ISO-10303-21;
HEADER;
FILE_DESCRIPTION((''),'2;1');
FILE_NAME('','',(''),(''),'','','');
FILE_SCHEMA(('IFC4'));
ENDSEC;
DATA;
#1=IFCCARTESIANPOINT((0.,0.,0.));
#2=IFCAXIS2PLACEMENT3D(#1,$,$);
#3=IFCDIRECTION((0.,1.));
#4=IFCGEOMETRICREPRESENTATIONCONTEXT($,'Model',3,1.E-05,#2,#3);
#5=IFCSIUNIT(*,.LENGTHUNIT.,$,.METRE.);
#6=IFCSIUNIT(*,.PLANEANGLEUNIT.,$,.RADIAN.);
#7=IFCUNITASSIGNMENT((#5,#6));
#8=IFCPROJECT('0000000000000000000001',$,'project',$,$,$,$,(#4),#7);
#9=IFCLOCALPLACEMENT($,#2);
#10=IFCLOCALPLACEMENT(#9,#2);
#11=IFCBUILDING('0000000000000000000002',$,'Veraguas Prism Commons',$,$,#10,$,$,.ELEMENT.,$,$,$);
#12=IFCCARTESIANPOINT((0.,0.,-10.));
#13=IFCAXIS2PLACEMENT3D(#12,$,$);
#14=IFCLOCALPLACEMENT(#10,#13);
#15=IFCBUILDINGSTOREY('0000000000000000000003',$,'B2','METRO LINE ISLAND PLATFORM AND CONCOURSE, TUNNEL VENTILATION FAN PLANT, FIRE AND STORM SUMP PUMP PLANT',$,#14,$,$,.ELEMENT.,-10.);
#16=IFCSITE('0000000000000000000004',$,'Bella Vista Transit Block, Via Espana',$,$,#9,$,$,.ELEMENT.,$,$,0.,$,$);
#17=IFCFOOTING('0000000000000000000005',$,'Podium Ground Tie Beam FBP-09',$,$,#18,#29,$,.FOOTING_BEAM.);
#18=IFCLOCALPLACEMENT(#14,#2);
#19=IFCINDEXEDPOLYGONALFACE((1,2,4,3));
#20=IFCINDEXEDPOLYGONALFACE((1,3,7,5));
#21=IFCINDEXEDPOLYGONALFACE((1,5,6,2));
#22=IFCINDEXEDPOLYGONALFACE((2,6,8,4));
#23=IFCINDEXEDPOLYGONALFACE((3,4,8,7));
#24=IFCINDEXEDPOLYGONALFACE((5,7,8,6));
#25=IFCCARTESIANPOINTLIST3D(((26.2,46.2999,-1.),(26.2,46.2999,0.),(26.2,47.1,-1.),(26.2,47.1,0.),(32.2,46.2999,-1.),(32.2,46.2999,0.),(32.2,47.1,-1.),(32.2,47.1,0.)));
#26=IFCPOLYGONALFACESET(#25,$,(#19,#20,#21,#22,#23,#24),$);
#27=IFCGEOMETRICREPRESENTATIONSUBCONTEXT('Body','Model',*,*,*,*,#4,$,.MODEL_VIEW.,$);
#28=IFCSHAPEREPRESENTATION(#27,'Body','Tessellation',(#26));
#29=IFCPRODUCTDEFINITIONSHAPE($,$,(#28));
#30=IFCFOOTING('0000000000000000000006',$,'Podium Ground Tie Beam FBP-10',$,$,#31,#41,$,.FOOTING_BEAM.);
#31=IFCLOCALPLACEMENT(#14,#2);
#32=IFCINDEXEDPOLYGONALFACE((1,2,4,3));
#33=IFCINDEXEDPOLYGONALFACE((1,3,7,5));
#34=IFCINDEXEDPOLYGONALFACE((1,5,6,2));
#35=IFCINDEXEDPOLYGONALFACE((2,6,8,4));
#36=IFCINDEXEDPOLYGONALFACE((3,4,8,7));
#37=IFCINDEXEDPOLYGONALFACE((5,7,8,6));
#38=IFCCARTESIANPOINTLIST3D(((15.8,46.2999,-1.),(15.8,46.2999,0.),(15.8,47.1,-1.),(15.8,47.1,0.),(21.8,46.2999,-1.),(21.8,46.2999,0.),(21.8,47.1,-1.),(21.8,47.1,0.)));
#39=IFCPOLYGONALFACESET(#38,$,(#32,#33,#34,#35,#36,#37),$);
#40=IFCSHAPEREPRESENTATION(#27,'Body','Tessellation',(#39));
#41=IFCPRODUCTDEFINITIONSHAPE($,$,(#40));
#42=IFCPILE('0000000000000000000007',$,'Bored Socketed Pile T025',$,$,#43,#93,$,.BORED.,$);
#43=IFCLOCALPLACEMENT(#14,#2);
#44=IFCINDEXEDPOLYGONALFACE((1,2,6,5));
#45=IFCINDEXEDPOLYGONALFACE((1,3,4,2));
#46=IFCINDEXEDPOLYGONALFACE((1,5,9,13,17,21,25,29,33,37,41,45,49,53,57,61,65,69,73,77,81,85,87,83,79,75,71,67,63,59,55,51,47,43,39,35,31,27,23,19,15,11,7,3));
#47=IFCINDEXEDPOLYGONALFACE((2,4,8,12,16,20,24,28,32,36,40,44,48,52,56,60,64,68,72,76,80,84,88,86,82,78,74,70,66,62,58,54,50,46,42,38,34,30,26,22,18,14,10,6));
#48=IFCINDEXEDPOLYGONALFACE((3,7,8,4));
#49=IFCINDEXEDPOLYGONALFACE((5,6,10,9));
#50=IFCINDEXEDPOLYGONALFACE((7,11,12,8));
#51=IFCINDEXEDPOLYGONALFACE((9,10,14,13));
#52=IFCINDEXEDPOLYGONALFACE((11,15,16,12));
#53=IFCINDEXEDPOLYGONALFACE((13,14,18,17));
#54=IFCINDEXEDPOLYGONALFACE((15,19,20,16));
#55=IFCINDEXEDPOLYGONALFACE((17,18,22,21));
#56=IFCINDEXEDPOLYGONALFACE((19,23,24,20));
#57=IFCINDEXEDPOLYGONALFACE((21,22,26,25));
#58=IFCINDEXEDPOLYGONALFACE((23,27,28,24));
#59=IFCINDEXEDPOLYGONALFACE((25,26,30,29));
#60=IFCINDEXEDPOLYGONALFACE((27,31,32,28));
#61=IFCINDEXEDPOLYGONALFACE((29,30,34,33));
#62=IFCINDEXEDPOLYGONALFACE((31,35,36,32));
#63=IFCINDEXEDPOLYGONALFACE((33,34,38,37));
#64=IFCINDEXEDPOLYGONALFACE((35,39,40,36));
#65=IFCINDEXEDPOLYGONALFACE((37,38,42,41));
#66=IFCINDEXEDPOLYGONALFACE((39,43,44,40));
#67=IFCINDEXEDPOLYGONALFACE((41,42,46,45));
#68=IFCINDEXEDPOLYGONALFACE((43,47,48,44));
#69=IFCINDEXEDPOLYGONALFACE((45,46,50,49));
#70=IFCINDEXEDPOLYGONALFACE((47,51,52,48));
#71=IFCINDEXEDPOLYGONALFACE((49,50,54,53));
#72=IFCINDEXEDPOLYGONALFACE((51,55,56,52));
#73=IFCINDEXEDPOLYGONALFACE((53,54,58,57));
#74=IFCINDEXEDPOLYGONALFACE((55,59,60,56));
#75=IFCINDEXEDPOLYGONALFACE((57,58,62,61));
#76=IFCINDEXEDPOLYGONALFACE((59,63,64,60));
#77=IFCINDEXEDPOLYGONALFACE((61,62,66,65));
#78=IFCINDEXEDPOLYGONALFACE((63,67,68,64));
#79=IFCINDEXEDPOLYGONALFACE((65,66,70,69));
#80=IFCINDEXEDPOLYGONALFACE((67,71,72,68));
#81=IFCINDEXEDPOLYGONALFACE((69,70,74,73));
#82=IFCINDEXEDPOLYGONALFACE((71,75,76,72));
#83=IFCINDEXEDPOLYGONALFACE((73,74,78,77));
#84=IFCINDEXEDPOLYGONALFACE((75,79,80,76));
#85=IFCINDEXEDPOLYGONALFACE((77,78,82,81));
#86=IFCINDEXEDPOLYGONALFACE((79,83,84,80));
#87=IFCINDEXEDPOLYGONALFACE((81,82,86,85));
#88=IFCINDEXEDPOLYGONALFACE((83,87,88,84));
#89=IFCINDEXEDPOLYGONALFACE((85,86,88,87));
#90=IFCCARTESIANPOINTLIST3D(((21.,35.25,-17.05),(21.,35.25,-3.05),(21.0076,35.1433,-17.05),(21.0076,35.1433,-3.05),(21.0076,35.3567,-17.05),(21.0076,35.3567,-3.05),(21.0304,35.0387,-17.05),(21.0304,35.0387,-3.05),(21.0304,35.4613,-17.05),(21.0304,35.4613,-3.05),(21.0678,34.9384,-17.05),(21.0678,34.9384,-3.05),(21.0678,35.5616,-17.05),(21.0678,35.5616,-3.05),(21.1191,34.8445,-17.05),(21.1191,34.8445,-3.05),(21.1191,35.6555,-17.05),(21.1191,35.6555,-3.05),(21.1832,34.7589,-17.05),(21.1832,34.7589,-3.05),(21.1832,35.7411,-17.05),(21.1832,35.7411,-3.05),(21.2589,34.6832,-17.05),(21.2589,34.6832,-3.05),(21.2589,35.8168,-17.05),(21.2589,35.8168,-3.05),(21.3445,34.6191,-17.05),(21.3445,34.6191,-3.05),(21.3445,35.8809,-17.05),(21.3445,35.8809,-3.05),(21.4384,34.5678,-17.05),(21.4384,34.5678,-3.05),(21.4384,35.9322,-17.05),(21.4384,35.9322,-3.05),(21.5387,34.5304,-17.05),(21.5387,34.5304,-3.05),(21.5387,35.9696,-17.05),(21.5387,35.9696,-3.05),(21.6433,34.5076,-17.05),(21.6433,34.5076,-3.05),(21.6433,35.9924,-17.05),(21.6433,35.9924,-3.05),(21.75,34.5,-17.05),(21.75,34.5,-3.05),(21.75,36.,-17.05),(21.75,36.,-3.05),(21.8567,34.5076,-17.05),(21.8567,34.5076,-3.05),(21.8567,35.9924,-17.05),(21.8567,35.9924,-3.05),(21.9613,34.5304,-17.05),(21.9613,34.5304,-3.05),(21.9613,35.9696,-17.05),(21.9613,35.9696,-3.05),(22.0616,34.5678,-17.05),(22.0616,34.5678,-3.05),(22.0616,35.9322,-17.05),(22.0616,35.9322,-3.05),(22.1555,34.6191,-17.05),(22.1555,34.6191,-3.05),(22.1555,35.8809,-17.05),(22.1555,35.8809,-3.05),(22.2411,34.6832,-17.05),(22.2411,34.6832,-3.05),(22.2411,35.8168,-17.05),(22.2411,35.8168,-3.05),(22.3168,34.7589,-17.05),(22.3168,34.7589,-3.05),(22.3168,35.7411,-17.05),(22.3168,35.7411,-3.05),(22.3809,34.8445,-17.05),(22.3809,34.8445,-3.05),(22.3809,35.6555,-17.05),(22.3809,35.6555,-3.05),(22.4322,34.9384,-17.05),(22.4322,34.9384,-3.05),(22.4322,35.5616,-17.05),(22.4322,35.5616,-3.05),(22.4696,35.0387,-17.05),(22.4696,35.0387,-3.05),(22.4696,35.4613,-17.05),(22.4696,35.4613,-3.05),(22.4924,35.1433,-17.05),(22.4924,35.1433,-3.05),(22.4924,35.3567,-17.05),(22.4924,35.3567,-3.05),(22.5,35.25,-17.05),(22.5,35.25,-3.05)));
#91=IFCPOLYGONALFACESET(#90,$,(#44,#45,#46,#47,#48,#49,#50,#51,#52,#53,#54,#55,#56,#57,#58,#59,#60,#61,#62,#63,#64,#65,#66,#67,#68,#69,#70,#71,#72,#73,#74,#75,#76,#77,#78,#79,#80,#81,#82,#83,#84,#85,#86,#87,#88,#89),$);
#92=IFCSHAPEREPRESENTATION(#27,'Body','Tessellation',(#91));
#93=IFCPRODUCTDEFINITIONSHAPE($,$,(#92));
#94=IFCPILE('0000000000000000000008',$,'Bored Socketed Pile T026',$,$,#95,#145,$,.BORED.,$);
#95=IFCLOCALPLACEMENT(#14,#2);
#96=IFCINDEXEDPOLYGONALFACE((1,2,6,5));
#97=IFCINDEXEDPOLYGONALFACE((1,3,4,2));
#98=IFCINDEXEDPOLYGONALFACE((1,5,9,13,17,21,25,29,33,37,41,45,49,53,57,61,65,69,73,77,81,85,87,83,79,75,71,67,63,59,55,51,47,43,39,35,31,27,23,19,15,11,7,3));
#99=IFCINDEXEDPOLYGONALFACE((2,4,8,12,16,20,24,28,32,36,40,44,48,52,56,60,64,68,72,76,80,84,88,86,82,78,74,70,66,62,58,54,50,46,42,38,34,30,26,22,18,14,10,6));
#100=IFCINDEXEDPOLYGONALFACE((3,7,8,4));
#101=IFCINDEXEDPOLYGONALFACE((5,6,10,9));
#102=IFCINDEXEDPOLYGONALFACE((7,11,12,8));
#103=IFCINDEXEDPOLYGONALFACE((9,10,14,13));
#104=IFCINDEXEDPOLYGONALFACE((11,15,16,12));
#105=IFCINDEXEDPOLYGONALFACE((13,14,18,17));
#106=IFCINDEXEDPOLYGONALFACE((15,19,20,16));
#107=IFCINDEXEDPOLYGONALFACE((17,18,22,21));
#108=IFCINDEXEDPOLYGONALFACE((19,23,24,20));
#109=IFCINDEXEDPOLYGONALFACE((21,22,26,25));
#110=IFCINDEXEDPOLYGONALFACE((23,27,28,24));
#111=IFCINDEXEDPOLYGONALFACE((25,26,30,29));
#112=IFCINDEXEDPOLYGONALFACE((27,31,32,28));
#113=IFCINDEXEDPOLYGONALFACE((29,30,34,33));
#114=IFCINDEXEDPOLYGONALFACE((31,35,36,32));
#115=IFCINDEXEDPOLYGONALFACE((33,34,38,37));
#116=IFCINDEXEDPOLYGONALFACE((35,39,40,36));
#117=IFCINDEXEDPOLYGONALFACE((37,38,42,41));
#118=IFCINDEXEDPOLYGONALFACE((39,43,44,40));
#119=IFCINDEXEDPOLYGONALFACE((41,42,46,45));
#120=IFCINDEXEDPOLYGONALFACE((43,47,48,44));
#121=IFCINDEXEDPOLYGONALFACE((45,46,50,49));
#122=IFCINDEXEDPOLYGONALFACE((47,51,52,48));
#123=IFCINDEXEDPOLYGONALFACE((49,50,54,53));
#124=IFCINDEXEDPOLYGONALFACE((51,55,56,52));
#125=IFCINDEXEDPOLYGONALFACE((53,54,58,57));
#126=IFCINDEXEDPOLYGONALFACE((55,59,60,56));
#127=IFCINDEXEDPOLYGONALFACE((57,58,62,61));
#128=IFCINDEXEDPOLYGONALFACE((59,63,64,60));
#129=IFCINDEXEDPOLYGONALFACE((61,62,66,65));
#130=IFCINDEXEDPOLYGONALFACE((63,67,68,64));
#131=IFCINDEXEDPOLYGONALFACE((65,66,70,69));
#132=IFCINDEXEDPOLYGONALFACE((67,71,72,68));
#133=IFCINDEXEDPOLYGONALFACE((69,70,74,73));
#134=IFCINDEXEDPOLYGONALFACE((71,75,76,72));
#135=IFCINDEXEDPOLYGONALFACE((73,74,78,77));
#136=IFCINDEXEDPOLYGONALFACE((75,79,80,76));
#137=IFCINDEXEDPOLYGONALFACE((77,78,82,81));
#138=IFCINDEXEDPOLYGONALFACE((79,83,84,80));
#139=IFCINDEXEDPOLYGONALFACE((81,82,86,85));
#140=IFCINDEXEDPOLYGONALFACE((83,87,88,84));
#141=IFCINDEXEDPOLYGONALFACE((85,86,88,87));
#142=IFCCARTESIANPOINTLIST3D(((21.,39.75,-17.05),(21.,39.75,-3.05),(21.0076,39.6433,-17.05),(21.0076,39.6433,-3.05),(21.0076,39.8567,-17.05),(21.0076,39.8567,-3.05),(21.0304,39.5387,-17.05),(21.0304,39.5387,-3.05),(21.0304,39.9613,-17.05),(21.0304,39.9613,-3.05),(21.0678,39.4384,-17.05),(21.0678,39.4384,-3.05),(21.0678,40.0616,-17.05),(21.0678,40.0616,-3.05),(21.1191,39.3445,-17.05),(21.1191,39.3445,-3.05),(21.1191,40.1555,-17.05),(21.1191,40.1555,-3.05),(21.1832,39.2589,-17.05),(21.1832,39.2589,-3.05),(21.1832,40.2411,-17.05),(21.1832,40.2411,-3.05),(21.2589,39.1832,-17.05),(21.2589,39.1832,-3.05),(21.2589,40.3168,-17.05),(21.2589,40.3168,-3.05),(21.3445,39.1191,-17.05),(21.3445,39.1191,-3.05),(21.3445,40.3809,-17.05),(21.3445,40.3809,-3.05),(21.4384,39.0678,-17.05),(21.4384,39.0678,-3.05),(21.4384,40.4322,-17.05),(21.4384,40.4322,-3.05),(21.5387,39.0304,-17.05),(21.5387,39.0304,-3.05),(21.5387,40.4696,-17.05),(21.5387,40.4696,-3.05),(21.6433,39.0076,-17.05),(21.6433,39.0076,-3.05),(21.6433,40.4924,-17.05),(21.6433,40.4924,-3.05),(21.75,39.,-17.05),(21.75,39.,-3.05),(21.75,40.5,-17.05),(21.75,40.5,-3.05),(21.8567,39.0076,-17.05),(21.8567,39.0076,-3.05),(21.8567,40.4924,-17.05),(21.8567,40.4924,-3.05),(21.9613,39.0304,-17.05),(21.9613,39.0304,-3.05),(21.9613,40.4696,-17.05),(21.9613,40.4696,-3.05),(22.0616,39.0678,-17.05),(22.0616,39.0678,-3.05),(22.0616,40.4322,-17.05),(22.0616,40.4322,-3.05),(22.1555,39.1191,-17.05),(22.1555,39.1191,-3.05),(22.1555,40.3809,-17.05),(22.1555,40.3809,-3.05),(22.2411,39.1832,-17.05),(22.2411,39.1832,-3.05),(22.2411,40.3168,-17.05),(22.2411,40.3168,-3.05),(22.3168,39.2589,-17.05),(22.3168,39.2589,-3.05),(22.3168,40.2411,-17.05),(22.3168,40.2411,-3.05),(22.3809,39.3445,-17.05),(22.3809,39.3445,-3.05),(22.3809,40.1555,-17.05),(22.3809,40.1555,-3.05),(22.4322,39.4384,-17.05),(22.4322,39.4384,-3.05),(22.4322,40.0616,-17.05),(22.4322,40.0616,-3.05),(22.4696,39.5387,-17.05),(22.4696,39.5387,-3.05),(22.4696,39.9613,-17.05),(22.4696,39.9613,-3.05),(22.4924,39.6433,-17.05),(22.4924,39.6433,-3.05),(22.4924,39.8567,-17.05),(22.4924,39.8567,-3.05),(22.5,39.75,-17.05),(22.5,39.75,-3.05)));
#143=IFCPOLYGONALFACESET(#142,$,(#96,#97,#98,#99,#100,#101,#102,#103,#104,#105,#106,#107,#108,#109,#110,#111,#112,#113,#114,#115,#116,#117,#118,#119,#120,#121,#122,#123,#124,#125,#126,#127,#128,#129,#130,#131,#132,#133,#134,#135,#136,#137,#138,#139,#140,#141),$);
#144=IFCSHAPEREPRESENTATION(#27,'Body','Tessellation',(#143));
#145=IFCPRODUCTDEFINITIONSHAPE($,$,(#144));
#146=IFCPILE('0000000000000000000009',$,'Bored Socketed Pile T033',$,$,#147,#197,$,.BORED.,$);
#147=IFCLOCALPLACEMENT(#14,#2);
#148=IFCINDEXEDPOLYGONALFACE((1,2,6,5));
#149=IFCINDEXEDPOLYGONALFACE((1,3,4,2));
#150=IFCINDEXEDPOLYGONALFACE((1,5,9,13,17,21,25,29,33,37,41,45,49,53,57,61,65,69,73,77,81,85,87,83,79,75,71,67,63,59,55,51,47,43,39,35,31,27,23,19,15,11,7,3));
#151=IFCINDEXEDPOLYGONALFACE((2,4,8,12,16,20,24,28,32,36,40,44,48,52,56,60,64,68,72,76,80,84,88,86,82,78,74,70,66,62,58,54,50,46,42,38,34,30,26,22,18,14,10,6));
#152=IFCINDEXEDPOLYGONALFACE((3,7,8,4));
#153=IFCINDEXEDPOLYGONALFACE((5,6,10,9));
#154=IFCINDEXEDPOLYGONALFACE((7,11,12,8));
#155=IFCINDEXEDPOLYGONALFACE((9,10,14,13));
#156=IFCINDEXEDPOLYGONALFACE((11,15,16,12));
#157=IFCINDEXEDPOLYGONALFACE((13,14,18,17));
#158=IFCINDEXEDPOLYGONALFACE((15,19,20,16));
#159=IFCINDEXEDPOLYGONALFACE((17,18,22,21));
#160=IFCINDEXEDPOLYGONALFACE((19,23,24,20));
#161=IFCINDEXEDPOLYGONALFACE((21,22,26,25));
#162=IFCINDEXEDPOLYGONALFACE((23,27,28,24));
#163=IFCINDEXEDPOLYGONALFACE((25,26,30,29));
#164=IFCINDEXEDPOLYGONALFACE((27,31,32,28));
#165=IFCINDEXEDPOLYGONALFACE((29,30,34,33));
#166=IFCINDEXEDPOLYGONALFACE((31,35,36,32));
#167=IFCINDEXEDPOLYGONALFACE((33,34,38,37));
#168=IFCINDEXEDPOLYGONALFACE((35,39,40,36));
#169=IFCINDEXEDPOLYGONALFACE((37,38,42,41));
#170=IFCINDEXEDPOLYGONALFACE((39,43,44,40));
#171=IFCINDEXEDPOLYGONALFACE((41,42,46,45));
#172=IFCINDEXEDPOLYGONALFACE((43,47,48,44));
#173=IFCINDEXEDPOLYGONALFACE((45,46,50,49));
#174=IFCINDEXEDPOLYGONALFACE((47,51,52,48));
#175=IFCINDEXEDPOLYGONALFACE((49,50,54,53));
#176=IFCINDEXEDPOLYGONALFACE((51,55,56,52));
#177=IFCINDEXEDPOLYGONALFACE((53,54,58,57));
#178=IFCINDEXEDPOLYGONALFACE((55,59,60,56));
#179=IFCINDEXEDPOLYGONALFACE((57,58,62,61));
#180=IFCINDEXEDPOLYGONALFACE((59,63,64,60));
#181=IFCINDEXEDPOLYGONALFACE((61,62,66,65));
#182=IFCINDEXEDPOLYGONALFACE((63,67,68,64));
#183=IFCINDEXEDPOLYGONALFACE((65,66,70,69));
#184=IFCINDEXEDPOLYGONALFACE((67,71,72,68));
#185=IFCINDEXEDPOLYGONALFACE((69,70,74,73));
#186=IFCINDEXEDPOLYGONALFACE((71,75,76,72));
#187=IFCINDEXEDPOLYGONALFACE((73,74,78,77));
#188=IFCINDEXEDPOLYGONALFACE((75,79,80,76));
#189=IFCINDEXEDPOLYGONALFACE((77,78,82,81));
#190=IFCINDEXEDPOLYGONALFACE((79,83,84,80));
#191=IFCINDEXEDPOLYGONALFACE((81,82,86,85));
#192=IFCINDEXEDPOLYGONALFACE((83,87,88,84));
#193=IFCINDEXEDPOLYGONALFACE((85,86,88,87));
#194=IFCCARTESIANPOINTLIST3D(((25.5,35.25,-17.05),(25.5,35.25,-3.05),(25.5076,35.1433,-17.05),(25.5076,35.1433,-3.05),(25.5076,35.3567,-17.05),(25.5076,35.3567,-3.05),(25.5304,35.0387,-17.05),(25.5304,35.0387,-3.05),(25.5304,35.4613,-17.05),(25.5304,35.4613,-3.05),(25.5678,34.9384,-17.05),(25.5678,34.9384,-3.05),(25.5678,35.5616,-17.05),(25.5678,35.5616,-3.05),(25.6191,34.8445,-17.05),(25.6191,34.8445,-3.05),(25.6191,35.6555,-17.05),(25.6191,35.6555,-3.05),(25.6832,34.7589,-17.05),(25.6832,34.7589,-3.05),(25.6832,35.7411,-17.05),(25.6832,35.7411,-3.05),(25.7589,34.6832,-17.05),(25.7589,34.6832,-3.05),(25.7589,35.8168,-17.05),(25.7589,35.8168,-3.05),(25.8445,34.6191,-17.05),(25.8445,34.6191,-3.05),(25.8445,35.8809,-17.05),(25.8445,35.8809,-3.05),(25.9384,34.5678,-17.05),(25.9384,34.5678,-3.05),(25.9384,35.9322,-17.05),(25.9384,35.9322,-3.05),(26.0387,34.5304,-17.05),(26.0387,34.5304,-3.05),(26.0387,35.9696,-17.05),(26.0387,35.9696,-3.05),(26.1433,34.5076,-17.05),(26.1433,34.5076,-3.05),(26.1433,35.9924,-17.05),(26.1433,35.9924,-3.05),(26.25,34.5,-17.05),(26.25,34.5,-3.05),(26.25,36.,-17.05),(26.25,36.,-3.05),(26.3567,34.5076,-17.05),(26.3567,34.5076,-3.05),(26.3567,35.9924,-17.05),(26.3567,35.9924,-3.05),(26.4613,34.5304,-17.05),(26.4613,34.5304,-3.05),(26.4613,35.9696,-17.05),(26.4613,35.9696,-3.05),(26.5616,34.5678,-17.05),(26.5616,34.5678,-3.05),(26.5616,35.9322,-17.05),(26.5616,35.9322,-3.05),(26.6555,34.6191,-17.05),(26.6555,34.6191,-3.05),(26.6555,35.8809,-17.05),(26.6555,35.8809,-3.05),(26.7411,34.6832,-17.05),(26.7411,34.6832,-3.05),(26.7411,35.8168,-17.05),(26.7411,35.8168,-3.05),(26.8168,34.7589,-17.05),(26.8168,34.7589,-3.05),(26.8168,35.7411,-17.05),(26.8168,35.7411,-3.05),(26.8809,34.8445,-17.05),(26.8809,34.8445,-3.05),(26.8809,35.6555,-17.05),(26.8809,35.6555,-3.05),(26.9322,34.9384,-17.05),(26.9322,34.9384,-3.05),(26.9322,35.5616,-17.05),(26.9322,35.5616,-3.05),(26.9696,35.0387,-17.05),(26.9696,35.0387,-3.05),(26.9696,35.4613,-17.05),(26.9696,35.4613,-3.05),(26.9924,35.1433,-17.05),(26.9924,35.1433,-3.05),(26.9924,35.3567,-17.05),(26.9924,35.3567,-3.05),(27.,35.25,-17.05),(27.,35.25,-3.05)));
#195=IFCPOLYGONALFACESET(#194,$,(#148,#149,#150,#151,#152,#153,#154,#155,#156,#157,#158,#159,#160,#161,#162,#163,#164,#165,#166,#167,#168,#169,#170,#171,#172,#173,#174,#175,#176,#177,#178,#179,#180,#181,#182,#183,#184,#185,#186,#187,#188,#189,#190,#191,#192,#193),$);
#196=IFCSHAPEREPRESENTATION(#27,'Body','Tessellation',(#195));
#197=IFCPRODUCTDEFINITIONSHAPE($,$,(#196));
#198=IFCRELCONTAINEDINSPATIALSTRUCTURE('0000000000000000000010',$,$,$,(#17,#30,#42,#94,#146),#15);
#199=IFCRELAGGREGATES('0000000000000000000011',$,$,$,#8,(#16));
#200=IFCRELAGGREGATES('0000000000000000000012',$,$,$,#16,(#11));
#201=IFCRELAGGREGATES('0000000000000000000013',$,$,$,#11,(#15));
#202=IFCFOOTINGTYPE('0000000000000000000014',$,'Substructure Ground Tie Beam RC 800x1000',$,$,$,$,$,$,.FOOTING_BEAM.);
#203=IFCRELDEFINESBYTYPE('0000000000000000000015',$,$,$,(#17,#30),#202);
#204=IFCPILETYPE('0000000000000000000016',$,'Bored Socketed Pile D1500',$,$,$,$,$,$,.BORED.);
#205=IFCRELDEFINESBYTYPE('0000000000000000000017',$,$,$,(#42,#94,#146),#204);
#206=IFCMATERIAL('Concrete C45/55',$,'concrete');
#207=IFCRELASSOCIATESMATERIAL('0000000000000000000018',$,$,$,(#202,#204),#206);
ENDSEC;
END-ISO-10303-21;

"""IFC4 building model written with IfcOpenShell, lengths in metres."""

from ifc_helpers import new_model, si_unit, direction, frame, origin, origin_2d, place, context, subcontext, project, spatial, rectangle, circle, extrude, source, transform, mapped, material, material_profile, profile_set, type_object, element, save


model = new_model("IFC4")

# Units and contexts
model_context = context("Model", 3, precision=1e-05, world=origin(), true_north=direction((0.0, 1.0)))
body_context = subcontext(model_context, "Body", "Model", "MODEL_VIEW")
ifc_project = project(units=[si_unit("LENGTHUNIT", "METRE"), si_unit("PLANEANGLEUNIT", "RADIAN")], contexts=[model_context])

# Site, building, storey
site_placement = place(None, origin())
site = spatial("IfcSite", under=ifc_project, at=site_placement, Name="Bella Vista Transit Block, Via Espana", CompositionType="ELEMENT", RefElevation=0.0)
building_placement = place(site_placement, origin())
building = spatial("IfcBuilding", under=site, at=building_placement, Name="Veraguas Prism Commons", CompositionType="ELEMENT")
storey_placement = place(building_placement, frame((0.0, 0.0, -10.0)))
storey = spatial("IfcBuildingStorey", under=building, at=storey_placement, Name="B2", Description="METRO LINE ISLAND PLATFORM AND CONCOURSE, TUNNEL VENTILATION FAN PLANT, FIRE AND STORM SUMP PUMP PLANT", CompositionType="ELEMENT", Elevation=-10.0)

# Footings
ifc_material_1 = material(Name="Concrete C45/55", Category="concrete")
ifc_material_profile_1 = material_profile(ifc_material_1, rectangle(XDim=0.8, YDim=1.0, at=origin_2d()), Name="RC800X1000")
ifc_profile_set_1 = profile_set([ifc_material_profile_1], Name="Concrete C45/55")
footing_type_1 = type_object("IfcFootingType", Name="Substructure Ground Tie Beam RC 800x1000", PredefinedType="FOOTING_BEAM", material=ifc_profile_set_1)
for number, where, z_axis, x_axis, name in (
    (1, (32.2, 46.7, -0.5), (-1.0, 0.0, 0.0), (0.0, -1.0, 0.0), "Podium Ground Tie Beam FBP-09"),
    (2, (21.8, 46.7, -0.5), (-1.0, 0.0, 0.0), (0.0, -1.0, 0.0), "Podium Ground Tie Beam FBP-10"),
):
    element("IfcFooting", number, at=place(storey_placement, frame(where, z_axis=z_axis, x_axis=x_axis)), inside=storey, type_object=footing_type_1, Name=name, PredefinedType="FOOTING_BEAM", context=body_context, shape_type="SweptSolid", body=[
        extrude(rectangle(XDim=0.8, YDim=1.0, at=origin_2d()), origin(), (0.0, 0.0, 1.0), 6.0),
    ])

# Piles
ifc_material_profile_2 = material_profile(ifc_material_1, circle(Radius=0.75, at=origin_2d()), Name="PILE1500")
ifc_profile_set_2 = profile_set([ifc_material_profile_2], Name="Concrete C45/55")
pile_type_1 = type_object("IfcPileType", Name="Bored Socketed Pile D1500", PredefinedType="BORED", material=ifc_profile_set_2)
shared_shape_1 = source(origin(), body_context, "Body", "SweptSolid", [
    extrude(circle(Radius=0.75, at=origin_2d()), origin(), (0.0, 0.0, 1.0), 14.0),
])
for number, where, z_axis, x_axis, name in (
    (3, (21.75, 35.25, -3.05), (0.0, 0.0, -1.0), (1.0, 0.0, 0.0), "Bored Socketed Pile T025"),
    (4, (21.75, 39.75, -3.05), (0.0, 0.0, -1.0), (1.0, 0.0, 0.0), "Bored Socketed Pile T026"),
    (5, (26.25, 35.25, -3.05), (0.0, 0.0, -1.0), (1.0, 0.0, 0.0), "Bored Socketed Pile T033"),
):
    element("IfcPile", number, at=place(storey_placement, frame(where, z_axis=z_axis, x_axis=x_axis)), inside=storey, type_object=pile_type_1, Name=name, PredefinedType="BORED", context=body_context, shape_type="MappedRepresentation", body=[
        mapped(shared_shape_1, transform((0.0, 0.0, 0.0), scale=1.0)),
    ])

save(model, "model.ifc")
